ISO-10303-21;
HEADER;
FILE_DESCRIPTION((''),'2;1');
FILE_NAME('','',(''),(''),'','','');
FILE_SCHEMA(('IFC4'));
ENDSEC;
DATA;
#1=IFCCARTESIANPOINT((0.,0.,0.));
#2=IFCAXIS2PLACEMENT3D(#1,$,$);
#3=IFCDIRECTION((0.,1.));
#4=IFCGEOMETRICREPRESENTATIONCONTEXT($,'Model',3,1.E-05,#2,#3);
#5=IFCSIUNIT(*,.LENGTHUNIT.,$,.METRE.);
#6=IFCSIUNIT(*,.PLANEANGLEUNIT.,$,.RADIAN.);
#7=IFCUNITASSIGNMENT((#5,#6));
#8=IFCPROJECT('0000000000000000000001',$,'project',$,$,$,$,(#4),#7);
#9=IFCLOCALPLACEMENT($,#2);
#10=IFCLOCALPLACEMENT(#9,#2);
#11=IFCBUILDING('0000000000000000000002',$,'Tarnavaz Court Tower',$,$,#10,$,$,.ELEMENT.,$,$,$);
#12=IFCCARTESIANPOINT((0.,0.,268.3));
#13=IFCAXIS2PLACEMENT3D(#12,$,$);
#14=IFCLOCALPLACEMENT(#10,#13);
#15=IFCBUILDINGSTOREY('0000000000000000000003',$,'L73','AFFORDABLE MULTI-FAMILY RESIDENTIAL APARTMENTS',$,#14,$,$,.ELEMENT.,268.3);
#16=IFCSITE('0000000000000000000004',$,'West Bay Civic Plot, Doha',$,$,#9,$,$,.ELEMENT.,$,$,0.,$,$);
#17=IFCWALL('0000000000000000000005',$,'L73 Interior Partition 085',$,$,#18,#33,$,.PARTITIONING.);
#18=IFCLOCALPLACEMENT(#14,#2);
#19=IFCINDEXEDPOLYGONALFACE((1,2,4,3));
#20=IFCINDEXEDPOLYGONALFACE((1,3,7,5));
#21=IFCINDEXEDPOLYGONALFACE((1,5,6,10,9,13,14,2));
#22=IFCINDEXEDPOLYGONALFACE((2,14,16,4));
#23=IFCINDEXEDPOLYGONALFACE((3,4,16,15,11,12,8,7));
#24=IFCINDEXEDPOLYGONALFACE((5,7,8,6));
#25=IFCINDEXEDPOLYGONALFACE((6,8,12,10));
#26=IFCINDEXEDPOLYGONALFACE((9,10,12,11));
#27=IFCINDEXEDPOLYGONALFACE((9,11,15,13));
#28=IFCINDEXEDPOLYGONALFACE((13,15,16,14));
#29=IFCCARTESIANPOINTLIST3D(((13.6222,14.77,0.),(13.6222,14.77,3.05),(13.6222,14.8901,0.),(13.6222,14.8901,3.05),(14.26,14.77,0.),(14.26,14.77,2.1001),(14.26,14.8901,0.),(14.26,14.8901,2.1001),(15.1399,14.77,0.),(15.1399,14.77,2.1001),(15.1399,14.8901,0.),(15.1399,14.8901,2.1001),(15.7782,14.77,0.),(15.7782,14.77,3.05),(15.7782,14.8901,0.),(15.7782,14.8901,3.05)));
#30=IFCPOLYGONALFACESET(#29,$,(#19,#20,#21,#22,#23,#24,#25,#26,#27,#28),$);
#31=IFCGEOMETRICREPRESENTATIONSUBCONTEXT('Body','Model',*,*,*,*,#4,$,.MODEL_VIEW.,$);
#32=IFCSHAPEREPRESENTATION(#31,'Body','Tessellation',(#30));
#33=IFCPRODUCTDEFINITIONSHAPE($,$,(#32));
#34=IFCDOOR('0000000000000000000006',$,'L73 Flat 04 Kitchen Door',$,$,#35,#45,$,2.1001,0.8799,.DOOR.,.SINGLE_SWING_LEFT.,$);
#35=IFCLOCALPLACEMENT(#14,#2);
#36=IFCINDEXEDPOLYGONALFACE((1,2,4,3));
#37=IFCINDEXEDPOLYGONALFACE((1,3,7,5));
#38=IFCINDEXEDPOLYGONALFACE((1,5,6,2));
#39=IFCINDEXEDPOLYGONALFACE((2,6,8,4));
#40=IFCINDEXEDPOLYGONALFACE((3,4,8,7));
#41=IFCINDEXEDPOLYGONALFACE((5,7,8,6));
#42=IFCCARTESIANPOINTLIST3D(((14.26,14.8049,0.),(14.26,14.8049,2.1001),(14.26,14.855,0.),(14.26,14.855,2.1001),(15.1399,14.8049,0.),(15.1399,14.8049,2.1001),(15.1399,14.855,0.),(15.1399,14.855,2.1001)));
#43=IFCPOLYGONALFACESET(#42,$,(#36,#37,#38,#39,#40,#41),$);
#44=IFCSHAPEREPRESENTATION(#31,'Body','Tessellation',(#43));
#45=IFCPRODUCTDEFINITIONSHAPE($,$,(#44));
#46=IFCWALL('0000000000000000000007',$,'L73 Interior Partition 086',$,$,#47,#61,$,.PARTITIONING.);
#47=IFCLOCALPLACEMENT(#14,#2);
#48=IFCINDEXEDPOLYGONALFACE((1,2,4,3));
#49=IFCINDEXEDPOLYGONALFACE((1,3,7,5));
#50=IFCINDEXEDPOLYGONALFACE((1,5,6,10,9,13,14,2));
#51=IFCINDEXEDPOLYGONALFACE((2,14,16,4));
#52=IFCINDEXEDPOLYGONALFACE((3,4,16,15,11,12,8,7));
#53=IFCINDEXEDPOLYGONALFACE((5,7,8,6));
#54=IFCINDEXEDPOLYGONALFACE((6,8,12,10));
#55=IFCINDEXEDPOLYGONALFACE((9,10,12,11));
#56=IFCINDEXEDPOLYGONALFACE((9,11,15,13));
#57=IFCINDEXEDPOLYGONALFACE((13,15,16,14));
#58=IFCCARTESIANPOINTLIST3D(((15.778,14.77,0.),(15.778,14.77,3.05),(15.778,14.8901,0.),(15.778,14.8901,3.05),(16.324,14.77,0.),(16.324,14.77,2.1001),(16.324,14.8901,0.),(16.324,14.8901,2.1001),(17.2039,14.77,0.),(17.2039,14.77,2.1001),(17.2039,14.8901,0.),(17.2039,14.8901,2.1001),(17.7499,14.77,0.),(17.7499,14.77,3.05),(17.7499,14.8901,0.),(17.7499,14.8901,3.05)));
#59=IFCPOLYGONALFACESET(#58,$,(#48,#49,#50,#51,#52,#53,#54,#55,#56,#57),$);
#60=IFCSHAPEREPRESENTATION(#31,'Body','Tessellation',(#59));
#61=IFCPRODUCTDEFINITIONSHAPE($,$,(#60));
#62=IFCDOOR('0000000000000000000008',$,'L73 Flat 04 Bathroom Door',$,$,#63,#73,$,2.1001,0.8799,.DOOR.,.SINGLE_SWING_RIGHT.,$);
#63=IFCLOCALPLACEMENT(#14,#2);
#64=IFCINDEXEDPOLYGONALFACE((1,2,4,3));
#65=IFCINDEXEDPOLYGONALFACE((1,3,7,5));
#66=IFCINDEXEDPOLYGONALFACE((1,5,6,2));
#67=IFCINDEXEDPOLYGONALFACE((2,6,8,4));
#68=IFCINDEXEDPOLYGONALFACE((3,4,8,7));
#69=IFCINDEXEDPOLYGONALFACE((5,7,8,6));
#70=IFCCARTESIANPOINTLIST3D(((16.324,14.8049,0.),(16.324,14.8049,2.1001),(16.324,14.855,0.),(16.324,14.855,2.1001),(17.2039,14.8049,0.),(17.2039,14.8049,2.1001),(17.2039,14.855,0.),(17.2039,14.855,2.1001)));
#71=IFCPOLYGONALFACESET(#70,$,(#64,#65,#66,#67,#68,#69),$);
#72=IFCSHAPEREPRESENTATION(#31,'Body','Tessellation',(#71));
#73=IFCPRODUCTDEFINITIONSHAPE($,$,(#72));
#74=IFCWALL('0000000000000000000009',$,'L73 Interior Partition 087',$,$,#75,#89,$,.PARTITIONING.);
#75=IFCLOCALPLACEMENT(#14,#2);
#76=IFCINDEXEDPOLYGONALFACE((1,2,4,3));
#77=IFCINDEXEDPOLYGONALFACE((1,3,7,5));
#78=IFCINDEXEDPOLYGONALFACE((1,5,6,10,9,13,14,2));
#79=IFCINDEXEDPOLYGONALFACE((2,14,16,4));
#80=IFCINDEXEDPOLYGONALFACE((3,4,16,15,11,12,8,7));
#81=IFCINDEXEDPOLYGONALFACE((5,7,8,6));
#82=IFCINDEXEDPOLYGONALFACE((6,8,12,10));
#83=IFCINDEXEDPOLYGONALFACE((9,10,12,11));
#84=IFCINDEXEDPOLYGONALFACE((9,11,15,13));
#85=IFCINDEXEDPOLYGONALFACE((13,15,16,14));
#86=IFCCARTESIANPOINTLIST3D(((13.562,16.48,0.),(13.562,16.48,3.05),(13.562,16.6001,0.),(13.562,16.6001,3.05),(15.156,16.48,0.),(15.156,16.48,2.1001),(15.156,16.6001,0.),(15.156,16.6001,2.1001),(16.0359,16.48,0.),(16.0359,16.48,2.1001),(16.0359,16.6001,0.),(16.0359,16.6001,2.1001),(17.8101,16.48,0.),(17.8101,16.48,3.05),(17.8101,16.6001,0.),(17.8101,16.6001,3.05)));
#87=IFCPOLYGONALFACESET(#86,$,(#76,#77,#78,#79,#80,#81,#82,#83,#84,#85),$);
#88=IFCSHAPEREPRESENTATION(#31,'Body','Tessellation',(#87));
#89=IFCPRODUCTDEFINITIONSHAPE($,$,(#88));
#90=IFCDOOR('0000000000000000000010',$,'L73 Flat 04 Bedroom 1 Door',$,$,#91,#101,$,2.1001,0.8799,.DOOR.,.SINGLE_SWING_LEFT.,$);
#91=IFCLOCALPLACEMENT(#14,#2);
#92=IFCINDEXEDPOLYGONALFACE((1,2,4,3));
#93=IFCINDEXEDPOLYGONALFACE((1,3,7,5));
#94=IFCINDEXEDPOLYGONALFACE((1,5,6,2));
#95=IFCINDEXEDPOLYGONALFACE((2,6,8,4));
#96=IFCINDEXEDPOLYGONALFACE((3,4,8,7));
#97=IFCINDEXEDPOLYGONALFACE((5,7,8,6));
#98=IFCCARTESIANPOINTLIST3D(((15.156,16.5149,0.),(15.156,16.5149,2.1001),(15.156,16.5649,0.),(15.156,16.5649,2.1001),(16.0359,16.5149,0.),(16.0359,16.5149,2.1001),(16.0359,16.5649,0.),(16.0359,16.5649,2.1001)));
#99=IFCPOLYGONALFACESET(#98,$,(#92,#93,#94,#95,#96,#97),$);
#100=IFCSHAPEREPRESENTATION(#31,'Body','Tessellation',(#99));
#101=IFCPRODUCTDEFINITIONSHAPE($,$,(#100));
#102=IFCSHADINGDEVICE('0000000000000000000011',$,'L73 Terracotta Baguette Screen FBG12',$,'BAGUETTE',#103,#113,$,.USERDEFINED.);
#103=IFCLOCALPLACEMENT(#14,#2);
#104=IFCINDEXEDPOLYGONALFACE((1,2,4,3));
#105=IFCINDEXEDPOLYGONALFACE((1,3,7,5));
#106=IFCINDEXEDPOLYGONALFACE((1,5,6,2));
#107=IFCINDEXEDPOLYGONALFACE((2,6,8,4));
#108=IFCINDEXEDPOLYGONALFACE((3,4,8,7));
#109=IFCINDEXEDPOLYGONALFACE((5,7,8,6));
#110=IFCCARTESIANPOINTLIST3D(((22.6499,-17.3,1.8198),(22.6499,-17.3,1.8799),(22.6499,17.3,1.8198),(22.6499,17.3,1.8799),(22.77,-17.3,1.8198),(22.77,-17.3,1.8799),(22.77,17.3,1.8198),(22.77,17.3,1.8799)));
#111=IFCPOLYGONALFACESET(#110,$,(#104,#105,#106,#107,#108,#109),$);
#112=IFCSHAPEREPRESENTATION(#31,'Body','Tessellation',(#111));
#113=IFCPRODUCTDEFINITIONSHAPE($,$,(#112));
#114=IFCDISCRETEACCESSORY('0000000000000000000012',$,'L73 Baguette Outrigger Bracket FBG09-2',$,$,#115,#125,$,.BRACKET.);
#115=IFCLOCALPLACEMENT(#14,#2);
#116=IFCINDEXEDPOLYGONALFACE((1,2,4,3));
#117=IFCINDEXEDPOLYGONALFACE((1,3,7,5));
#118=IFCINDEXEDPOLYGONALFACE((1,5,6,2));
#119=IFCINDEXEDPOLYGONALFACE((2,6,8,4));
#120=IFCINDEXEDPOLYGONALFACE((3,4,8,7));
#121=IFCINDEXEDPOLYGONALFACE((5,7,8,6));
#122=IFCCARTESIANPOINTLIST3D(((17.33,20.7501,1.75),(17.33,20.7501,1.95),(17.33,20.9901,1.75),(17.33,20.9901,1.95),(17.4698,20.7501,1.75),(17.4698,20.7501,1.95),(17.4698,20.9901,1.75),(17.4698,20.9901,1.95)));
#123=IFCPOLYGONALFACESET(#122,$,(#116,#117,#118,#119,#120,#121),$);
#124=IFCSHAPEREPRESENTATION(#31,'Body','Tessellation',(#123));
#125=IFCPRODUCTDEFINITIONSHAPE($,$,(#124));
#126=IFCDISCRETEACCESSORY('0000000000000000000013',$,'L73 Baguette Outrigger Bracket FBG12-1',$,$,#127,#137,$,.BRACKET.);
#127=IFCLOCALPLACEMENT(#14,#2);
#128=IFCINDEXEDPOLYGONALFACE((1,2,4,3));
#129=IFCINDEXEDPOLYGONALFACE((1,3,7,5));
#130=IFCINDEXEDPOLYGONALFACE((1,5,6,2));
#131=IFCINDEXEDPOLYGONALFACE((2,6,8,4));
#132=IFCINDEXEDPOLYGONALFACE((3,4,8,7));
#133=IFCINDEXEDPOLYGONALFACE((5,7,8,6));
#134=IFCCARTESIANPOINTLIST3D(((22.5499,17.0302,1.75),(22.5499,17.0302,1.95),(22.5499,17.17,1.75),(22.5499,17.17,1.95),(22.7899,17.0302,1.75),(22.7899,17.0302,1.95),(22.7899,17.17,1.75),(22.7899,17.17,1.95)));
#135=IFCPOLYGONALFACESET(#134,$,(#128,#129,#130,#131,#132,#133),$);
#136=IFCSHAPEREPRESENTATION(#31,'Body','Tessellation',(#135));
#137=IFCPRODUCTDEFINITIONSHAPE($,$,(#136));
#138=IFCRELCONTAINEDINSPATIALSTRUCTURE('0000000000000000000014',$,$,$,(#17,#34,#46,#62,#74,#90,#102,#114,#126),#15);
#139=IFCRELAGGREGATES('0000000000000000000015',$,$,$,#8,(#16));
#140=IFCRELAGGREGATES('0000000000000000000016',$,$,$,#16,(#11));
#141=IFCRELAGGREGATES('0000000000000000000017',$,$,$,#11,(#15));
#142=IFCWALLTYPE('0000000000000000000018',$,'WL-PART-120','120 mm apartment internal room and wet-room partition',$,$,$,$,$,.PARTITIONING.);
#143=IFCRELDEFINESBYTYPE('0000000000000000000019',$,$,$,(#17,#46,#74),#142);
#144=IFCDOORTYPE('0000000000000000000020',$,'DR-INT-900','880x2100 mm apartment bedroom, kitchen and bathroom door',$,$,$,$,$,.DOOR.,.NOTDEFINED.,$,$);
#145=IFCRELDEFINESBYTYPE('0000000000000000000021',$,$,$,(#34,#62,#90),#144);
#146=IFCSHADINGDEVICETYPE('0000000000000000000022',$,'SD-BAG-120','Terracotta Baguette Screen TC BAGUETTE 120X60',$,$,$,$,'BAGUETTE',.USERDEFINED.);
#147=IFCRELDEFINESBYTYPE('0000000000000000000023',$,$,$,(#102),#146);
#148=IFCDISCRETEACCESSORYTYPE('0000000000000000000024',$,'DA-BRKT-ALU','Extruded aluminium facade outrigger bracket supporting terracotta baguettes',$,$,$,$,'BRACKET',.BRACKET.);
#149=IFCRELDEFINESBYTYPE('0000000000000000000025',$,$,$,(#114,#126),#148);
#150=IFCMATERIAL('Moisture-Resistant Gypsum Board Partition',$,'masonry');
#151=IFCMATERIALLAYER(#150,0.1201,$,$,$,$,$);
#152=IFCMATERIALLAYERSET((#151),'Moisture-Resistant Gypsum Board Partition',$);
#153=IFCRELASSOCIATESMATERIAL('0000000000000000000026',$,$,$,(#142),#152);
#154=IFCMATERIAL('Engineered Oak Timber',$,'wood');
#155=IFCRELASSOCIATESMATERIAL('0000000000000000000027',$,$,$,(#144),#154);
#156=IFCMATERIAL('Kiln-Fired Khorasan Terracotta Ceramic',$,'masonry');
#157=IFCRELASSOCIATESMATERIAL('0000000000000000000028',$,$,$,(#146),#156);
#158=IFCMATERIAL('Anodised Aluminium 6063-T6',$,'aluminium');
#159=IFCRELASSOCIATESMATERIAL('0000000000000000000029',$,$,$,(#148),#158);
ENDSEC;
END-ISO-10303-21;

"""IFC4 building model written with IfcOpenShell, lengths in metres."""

from ifc_helpers import new_model, si_unit, direction, frame, frame_2d, origin, origin_2d, place, context, subcontext, project, spatial, rectangle, extrude, material, layer, layer_set, material_profile, profile_set, type_object, element, fill, save


model = new_model("IFC4")

# Units and contexts
model_context = context("Model", 3, precision=1e-05, world=origin(), true_north=direction((0.0, 1.0)))
body_context = subcontext(model_context, "Body", "Model", "MODEL_VIEW")
ifc_project = project(units=[si_unit("LENGTHUNIT", "METRE"), si_unit("PLANEANGLEUNIT", "RADIAN")], contexts=[model_context])

# Site, building, storey
site_placement = place(None, origin())
site = spatial("IfcSite", under=ifc_project, at=site_placement, Name="West Bay Civic Plot, Doha", CompositionType="ELEMENT", RefElevation=0.0)
building_placement = place(site_placement, origin())
building = spatial("IfcBuilding", under=site, at=building_placement, Name="Tarnavaz Court Tower", CompositionType="ELEMENT")
storey_placement = place(building_placement, frame((0.0, 0.0, 268.3)))
storey = spatial("IfcBuildingStorey", under=building, at=storey_placement, Name="L73", Description="AFFORDABLE MULTI-FAMILY RESIDENTIAL APARTMENTS", CompositionType="ELEMENT", Elevation=268.3)

# Walls, openings, doors
ifc_material_1 = material(Name="Moisture-Resistant Gypsum Board Partition", Category="masonry")
ifc_layer_1 = layer(ifc_material_1, 0.1201)
ifc_layer_set_1 = layer_set([ifc_layer_1], Name="Moisture-Resistant Gypsum Board Partition")
wall_type_1 = type_object("IfcWallType", Name="WL-PART-120", Description="120 mm apartment internal room and wet-room partition", PredefinedType="PARTITIONING", material=ifc_layer_set_1)
wall_1_placement = place(storey_placement, frame((13.6221, 14.8301, 0.0), z_axis=(0.0, 0.0, 1.0), x_axis=(1.0, 0.0, 0.0)))
wall_1 = element("IfcWall", 1, at=wall_1_placement, inside=storey, type_object=wall_type_1, Name="L73 Interior Partition 085", PredefinedType="PARTITIONING", context=body_context, shape_type="SweptSolid", body=[
    extrude(rectangle(XDim=2.156, YDim=0.1201, at=frame_2d((1.0781, 0.0))), origin(), (0.0, 0.0, 1.0), 3.05),
])
opening_1_placement = place(wall_1_placement, frame((0.6379, 0.0, 0.0)))
opening_1 = element("IfcOpeningElement", 2, at=opening_1_placement, cuts=wall_1, PredefinedType="OPENING", context=body_context, shape_type="SweptSolid", body=[
    extrude(rectangle(XDim=0.8799, YDim=2.1001, at=frame_2d((0.4399, 1.05))), frame((0.0, 0.0701, 0.0), z_axis=(0.0, -1.0, 0.0), x_axis=(1.0, 0.0, 0.0)), (0.0, 0.0, 1.0), 0.1401),
])
ifc_material_2 = material(Name="Engineered Oak Timber", Category="wood")
door_type = type_object("IfcDoorType", Name="DR-INT-900", Description="880x2100 mm apartment bedroom, kitchen and bathroom door", OperationType="NOTDEFINED", PredefinedType="DOOR", material=ifc_material_2)
door_1_placement = place(opening_1_placement, origin())
door_1 = element("IfcDoor", 3, at=door_1_placement, inside=storey, type_object=door_type, Name="L73 Flat 04 Kitchen Door", OperationType="SINGLE_SWING_LEFT", OverallHeight=2.1001, OverallWidth=0.8799, PredefinedType="DOOR", context=body_context, shape_type="SweptSolid", body=[
    extrude(rectangle(XDim=0.8799, YDim=2.1001, at=frame_2d((0.4399, 1.05))), frame((0.0, 0.0249, 0.0), z_axis=(0.0, -1.0, 0.0), x_axis=(1.0, 0.0, 0.0)), (0.0, 0.0, 1.0), 0.05),
])
fill(opening_1, door_1)
wall_2_placement = place(storey_placement, frame((15.7781, 14.8301, 0.0), z_axis=(0.0, 0.0, 1.0), x_axis=(1.0, 0.0, 0.0)))
wall_2 = element("IfcWall", 4, at=wall_2_placement, inside=storey, type_object=wall_type_1, Name="L73 Interior Partition 086", PredefinedType="PARTITIONING", context=body_context, shape_type="SweptSolid", body=[
    extrude(rectangle(XDim=1.9719, YDim=0.1201, at=frame_2d((0.9858, 0.0))), origin(), (0.0, 0.0, 1.0), 3.05),
])
opening_2_placement = place(wall_2_placement, frame((0.5459, 0.0, 0.0)))
opening_2 = element("IfcOpeningElement", 5, at=opening_2_placement, cuts=wall_2, PredefinedType="OPENING", context=body_context, shape_type="SweptSolid", body=[
    extrude(rectangle(XDim=0.8799, YDim=2.1001, at=frame_2d((0.4399, 1.05))), frame((0.0, 0.0701, 0.0), z_axis=(0.0, -1.0, 0.0), x_axis=(1.0, 0.0, 0.0)), (0.0, 0.0, 1.0), 0.1401),
])
door_2_placement = place(opening_2_placement, origin())
door_2 = element("IfcDoor", 6, at=door_2_placement, inside=storey, type_object=door_type, Name="L73 Flat 04 Bathroom Door", OperationType="SINGLE_SWING_RIGHT", OverallHeight=2.1001, OverallWidth=0.8799, PredefinedType="DOOR", context=body_context, shape_type="SweptSolid", body=[
    extrude(rectangle(XDim=0.8799, YDim=2.1001, at=frame_2d((0.4399, 1.05))), frame((0.0, 0.0249, 0.0), z_axis=(0.0, -1.0, 0.0), x_axis=(1.0, 0.0, 0.0)), (0.0, 0.0, 1.0), 0.05),
])
fill(opening_2, door_2)
wall_3_placement = place(storey_placement, frame((13.562, 16.54, 0.0), z_axis=(0.0, 0.0, 1.0), x_axis=(1.0, 0.0, 0.0)))
wall_3 = element("IfcWall", 7, at=wall_3_placement, inside=storey, type_object=wall_type_1, Name="L73 Interior Partition 087", PredefinedType="PARTITIONING", context=body_context, shape_type="SweptSolid", body=[
    extrude(rectangle(XDim=4.248, YDim=0.1201, at=frame_2d((2.124, 0.0))), origin(), (0.0, 0.0, 1.0), 3.05),
])
opening_3_placement = place(wall_3_placement, frame((1.594, 0.0, 0.0)))
opening_3 = element("IfcOpeningElement", 8, at=opening_3_placement, cuts=wall_3, PredefinedType="OPENING", context=body_context, shape_type="SweptSolid", body=[
    extrude(rectangle(XDim=0.8799, YDim=2.1001, at=frame_2d((0.4399, 1.05))), frame((0.0, 0.0701, 0.0), z_axis=(0.0, -1.0, 0.0), x_axis=(1.0, 0.0, 0.0)), (0.0, 0.0, 1.0), 0.1401),
])
door_3_placement = place(opening_3_placement, origin())
door_3 = element("IfcDoor", 9, at=door_3_placement, inside=storey, type_object=door_type, Name="L73 Flat 04 Bedroom 1 Door", OperationType="SINGLE_SWING_LEFT", OverallHeight=2.1001, OverallWidth=0.8799, PredefinedType="DOOR", context=body_context, shape_type="SweptSolid", body=[
    extrude(rectangle(XDim=0.8799, YDim=2.1001, at=frame_2d((0.4399, 1.05))), frame((0.0, 0.0249, 0.0), z_axis=(0.0, -1.0, 0.0), x_axis=(1.0, 0.0, 0.0)), (0.0, 0.0, 1.0), 0.05),
])
fill(opening_3, door_3)

# Shading device
ifc_material_3 = material(Name="Kiln-Fired Khorasan Terracotta Ceramic", Category="masonry")
ifc_material_profile_1 = material_profile(ifc_material_3, rectangle(XDim=0.1201, YDim=0.0601, at=origin_2d()), Name="TC BAGUETTE 120X60")
ifc_profile_set_1 = profile_set([ifc_material_profile_1], Name="Kiln-Fired Khorasan Terracotta Ceramic")
shading_device_type = type_object("IfcShadingDeviceType", Name="SD-BAG-120", Description="Terracotta Baguette Screen TC BAGUETTE 120X60", ElementType="BAGUETTE", PredefinedType="USERDEFINED", material=ifc_profile_set_1)
shading_device_placement = place(storey_placement, frame((22.71, 17.3, 1.8499), z_axis=(0.0, -1.0, 0.0), x_axis=(1.0, 0.0, 0.0)))
element("IfcShadingDevice", 10, at=shading_device_placement, inside=storey, type_object=shading_device_type, Name="L73 Terracotta Baguette Screen FBG12", ObjectType="BAGUETTE", PredefinedType="USERDEFINED", context=body_context, shape_type="SweptSolid", body=[
    extrude(rectangle(XDim=0.1201, YDim=0.0601, at=origin_2d()), origin(), (0.0, 0.0, 1.0), 34.6001),
])

# Discrete accessories
ifc_material_4 = material(Name="Anodised Aluminium 6063-T6", Category="aluminium")
discrete_accessory_type = type_object("IfcDiscreteAccessoryType", Name="DA-BRKT-ALU", Description="Extruded aluminium facade outrigger bracket supporting terracotta baguettes", ElementType="BRACKET", PredefinedType="BRACKET", material=ifc_material_4)
for number, where, z_axis, x_axis, name in (
    (11, (17.3999, 20.8701, 1.75), (0.0, 0.0, 1.0), (1.0, 0.0, 0.0), "L73 Baguette Outrigger Bracket FBG09-2"),
    (12, (22.6699, 17.1001, 1.75), (0.0, 0.0, 1.0), (0.0, -1.0, 0.0), "L73 Baguette Outrigger Bracket FBG12-1"),
):
    element("IfcDiscreteAccessory", number, at=place(storey_placement, frame(where, z_axis=z_axis, x_axis=x_axis)), inside=storey, type_object=discrete_accessory_type, Name=name, PredefinedType="BRACKET", context=body_context, shape_type="SweptSolid", body=[
        extrude(rectangle(XDim=0.1399, YDim=0.24, at=origin_2d()), origin(), (0.0, 0.0, 1.0), 0.2),
    ])

save(model, "model.ifc")
